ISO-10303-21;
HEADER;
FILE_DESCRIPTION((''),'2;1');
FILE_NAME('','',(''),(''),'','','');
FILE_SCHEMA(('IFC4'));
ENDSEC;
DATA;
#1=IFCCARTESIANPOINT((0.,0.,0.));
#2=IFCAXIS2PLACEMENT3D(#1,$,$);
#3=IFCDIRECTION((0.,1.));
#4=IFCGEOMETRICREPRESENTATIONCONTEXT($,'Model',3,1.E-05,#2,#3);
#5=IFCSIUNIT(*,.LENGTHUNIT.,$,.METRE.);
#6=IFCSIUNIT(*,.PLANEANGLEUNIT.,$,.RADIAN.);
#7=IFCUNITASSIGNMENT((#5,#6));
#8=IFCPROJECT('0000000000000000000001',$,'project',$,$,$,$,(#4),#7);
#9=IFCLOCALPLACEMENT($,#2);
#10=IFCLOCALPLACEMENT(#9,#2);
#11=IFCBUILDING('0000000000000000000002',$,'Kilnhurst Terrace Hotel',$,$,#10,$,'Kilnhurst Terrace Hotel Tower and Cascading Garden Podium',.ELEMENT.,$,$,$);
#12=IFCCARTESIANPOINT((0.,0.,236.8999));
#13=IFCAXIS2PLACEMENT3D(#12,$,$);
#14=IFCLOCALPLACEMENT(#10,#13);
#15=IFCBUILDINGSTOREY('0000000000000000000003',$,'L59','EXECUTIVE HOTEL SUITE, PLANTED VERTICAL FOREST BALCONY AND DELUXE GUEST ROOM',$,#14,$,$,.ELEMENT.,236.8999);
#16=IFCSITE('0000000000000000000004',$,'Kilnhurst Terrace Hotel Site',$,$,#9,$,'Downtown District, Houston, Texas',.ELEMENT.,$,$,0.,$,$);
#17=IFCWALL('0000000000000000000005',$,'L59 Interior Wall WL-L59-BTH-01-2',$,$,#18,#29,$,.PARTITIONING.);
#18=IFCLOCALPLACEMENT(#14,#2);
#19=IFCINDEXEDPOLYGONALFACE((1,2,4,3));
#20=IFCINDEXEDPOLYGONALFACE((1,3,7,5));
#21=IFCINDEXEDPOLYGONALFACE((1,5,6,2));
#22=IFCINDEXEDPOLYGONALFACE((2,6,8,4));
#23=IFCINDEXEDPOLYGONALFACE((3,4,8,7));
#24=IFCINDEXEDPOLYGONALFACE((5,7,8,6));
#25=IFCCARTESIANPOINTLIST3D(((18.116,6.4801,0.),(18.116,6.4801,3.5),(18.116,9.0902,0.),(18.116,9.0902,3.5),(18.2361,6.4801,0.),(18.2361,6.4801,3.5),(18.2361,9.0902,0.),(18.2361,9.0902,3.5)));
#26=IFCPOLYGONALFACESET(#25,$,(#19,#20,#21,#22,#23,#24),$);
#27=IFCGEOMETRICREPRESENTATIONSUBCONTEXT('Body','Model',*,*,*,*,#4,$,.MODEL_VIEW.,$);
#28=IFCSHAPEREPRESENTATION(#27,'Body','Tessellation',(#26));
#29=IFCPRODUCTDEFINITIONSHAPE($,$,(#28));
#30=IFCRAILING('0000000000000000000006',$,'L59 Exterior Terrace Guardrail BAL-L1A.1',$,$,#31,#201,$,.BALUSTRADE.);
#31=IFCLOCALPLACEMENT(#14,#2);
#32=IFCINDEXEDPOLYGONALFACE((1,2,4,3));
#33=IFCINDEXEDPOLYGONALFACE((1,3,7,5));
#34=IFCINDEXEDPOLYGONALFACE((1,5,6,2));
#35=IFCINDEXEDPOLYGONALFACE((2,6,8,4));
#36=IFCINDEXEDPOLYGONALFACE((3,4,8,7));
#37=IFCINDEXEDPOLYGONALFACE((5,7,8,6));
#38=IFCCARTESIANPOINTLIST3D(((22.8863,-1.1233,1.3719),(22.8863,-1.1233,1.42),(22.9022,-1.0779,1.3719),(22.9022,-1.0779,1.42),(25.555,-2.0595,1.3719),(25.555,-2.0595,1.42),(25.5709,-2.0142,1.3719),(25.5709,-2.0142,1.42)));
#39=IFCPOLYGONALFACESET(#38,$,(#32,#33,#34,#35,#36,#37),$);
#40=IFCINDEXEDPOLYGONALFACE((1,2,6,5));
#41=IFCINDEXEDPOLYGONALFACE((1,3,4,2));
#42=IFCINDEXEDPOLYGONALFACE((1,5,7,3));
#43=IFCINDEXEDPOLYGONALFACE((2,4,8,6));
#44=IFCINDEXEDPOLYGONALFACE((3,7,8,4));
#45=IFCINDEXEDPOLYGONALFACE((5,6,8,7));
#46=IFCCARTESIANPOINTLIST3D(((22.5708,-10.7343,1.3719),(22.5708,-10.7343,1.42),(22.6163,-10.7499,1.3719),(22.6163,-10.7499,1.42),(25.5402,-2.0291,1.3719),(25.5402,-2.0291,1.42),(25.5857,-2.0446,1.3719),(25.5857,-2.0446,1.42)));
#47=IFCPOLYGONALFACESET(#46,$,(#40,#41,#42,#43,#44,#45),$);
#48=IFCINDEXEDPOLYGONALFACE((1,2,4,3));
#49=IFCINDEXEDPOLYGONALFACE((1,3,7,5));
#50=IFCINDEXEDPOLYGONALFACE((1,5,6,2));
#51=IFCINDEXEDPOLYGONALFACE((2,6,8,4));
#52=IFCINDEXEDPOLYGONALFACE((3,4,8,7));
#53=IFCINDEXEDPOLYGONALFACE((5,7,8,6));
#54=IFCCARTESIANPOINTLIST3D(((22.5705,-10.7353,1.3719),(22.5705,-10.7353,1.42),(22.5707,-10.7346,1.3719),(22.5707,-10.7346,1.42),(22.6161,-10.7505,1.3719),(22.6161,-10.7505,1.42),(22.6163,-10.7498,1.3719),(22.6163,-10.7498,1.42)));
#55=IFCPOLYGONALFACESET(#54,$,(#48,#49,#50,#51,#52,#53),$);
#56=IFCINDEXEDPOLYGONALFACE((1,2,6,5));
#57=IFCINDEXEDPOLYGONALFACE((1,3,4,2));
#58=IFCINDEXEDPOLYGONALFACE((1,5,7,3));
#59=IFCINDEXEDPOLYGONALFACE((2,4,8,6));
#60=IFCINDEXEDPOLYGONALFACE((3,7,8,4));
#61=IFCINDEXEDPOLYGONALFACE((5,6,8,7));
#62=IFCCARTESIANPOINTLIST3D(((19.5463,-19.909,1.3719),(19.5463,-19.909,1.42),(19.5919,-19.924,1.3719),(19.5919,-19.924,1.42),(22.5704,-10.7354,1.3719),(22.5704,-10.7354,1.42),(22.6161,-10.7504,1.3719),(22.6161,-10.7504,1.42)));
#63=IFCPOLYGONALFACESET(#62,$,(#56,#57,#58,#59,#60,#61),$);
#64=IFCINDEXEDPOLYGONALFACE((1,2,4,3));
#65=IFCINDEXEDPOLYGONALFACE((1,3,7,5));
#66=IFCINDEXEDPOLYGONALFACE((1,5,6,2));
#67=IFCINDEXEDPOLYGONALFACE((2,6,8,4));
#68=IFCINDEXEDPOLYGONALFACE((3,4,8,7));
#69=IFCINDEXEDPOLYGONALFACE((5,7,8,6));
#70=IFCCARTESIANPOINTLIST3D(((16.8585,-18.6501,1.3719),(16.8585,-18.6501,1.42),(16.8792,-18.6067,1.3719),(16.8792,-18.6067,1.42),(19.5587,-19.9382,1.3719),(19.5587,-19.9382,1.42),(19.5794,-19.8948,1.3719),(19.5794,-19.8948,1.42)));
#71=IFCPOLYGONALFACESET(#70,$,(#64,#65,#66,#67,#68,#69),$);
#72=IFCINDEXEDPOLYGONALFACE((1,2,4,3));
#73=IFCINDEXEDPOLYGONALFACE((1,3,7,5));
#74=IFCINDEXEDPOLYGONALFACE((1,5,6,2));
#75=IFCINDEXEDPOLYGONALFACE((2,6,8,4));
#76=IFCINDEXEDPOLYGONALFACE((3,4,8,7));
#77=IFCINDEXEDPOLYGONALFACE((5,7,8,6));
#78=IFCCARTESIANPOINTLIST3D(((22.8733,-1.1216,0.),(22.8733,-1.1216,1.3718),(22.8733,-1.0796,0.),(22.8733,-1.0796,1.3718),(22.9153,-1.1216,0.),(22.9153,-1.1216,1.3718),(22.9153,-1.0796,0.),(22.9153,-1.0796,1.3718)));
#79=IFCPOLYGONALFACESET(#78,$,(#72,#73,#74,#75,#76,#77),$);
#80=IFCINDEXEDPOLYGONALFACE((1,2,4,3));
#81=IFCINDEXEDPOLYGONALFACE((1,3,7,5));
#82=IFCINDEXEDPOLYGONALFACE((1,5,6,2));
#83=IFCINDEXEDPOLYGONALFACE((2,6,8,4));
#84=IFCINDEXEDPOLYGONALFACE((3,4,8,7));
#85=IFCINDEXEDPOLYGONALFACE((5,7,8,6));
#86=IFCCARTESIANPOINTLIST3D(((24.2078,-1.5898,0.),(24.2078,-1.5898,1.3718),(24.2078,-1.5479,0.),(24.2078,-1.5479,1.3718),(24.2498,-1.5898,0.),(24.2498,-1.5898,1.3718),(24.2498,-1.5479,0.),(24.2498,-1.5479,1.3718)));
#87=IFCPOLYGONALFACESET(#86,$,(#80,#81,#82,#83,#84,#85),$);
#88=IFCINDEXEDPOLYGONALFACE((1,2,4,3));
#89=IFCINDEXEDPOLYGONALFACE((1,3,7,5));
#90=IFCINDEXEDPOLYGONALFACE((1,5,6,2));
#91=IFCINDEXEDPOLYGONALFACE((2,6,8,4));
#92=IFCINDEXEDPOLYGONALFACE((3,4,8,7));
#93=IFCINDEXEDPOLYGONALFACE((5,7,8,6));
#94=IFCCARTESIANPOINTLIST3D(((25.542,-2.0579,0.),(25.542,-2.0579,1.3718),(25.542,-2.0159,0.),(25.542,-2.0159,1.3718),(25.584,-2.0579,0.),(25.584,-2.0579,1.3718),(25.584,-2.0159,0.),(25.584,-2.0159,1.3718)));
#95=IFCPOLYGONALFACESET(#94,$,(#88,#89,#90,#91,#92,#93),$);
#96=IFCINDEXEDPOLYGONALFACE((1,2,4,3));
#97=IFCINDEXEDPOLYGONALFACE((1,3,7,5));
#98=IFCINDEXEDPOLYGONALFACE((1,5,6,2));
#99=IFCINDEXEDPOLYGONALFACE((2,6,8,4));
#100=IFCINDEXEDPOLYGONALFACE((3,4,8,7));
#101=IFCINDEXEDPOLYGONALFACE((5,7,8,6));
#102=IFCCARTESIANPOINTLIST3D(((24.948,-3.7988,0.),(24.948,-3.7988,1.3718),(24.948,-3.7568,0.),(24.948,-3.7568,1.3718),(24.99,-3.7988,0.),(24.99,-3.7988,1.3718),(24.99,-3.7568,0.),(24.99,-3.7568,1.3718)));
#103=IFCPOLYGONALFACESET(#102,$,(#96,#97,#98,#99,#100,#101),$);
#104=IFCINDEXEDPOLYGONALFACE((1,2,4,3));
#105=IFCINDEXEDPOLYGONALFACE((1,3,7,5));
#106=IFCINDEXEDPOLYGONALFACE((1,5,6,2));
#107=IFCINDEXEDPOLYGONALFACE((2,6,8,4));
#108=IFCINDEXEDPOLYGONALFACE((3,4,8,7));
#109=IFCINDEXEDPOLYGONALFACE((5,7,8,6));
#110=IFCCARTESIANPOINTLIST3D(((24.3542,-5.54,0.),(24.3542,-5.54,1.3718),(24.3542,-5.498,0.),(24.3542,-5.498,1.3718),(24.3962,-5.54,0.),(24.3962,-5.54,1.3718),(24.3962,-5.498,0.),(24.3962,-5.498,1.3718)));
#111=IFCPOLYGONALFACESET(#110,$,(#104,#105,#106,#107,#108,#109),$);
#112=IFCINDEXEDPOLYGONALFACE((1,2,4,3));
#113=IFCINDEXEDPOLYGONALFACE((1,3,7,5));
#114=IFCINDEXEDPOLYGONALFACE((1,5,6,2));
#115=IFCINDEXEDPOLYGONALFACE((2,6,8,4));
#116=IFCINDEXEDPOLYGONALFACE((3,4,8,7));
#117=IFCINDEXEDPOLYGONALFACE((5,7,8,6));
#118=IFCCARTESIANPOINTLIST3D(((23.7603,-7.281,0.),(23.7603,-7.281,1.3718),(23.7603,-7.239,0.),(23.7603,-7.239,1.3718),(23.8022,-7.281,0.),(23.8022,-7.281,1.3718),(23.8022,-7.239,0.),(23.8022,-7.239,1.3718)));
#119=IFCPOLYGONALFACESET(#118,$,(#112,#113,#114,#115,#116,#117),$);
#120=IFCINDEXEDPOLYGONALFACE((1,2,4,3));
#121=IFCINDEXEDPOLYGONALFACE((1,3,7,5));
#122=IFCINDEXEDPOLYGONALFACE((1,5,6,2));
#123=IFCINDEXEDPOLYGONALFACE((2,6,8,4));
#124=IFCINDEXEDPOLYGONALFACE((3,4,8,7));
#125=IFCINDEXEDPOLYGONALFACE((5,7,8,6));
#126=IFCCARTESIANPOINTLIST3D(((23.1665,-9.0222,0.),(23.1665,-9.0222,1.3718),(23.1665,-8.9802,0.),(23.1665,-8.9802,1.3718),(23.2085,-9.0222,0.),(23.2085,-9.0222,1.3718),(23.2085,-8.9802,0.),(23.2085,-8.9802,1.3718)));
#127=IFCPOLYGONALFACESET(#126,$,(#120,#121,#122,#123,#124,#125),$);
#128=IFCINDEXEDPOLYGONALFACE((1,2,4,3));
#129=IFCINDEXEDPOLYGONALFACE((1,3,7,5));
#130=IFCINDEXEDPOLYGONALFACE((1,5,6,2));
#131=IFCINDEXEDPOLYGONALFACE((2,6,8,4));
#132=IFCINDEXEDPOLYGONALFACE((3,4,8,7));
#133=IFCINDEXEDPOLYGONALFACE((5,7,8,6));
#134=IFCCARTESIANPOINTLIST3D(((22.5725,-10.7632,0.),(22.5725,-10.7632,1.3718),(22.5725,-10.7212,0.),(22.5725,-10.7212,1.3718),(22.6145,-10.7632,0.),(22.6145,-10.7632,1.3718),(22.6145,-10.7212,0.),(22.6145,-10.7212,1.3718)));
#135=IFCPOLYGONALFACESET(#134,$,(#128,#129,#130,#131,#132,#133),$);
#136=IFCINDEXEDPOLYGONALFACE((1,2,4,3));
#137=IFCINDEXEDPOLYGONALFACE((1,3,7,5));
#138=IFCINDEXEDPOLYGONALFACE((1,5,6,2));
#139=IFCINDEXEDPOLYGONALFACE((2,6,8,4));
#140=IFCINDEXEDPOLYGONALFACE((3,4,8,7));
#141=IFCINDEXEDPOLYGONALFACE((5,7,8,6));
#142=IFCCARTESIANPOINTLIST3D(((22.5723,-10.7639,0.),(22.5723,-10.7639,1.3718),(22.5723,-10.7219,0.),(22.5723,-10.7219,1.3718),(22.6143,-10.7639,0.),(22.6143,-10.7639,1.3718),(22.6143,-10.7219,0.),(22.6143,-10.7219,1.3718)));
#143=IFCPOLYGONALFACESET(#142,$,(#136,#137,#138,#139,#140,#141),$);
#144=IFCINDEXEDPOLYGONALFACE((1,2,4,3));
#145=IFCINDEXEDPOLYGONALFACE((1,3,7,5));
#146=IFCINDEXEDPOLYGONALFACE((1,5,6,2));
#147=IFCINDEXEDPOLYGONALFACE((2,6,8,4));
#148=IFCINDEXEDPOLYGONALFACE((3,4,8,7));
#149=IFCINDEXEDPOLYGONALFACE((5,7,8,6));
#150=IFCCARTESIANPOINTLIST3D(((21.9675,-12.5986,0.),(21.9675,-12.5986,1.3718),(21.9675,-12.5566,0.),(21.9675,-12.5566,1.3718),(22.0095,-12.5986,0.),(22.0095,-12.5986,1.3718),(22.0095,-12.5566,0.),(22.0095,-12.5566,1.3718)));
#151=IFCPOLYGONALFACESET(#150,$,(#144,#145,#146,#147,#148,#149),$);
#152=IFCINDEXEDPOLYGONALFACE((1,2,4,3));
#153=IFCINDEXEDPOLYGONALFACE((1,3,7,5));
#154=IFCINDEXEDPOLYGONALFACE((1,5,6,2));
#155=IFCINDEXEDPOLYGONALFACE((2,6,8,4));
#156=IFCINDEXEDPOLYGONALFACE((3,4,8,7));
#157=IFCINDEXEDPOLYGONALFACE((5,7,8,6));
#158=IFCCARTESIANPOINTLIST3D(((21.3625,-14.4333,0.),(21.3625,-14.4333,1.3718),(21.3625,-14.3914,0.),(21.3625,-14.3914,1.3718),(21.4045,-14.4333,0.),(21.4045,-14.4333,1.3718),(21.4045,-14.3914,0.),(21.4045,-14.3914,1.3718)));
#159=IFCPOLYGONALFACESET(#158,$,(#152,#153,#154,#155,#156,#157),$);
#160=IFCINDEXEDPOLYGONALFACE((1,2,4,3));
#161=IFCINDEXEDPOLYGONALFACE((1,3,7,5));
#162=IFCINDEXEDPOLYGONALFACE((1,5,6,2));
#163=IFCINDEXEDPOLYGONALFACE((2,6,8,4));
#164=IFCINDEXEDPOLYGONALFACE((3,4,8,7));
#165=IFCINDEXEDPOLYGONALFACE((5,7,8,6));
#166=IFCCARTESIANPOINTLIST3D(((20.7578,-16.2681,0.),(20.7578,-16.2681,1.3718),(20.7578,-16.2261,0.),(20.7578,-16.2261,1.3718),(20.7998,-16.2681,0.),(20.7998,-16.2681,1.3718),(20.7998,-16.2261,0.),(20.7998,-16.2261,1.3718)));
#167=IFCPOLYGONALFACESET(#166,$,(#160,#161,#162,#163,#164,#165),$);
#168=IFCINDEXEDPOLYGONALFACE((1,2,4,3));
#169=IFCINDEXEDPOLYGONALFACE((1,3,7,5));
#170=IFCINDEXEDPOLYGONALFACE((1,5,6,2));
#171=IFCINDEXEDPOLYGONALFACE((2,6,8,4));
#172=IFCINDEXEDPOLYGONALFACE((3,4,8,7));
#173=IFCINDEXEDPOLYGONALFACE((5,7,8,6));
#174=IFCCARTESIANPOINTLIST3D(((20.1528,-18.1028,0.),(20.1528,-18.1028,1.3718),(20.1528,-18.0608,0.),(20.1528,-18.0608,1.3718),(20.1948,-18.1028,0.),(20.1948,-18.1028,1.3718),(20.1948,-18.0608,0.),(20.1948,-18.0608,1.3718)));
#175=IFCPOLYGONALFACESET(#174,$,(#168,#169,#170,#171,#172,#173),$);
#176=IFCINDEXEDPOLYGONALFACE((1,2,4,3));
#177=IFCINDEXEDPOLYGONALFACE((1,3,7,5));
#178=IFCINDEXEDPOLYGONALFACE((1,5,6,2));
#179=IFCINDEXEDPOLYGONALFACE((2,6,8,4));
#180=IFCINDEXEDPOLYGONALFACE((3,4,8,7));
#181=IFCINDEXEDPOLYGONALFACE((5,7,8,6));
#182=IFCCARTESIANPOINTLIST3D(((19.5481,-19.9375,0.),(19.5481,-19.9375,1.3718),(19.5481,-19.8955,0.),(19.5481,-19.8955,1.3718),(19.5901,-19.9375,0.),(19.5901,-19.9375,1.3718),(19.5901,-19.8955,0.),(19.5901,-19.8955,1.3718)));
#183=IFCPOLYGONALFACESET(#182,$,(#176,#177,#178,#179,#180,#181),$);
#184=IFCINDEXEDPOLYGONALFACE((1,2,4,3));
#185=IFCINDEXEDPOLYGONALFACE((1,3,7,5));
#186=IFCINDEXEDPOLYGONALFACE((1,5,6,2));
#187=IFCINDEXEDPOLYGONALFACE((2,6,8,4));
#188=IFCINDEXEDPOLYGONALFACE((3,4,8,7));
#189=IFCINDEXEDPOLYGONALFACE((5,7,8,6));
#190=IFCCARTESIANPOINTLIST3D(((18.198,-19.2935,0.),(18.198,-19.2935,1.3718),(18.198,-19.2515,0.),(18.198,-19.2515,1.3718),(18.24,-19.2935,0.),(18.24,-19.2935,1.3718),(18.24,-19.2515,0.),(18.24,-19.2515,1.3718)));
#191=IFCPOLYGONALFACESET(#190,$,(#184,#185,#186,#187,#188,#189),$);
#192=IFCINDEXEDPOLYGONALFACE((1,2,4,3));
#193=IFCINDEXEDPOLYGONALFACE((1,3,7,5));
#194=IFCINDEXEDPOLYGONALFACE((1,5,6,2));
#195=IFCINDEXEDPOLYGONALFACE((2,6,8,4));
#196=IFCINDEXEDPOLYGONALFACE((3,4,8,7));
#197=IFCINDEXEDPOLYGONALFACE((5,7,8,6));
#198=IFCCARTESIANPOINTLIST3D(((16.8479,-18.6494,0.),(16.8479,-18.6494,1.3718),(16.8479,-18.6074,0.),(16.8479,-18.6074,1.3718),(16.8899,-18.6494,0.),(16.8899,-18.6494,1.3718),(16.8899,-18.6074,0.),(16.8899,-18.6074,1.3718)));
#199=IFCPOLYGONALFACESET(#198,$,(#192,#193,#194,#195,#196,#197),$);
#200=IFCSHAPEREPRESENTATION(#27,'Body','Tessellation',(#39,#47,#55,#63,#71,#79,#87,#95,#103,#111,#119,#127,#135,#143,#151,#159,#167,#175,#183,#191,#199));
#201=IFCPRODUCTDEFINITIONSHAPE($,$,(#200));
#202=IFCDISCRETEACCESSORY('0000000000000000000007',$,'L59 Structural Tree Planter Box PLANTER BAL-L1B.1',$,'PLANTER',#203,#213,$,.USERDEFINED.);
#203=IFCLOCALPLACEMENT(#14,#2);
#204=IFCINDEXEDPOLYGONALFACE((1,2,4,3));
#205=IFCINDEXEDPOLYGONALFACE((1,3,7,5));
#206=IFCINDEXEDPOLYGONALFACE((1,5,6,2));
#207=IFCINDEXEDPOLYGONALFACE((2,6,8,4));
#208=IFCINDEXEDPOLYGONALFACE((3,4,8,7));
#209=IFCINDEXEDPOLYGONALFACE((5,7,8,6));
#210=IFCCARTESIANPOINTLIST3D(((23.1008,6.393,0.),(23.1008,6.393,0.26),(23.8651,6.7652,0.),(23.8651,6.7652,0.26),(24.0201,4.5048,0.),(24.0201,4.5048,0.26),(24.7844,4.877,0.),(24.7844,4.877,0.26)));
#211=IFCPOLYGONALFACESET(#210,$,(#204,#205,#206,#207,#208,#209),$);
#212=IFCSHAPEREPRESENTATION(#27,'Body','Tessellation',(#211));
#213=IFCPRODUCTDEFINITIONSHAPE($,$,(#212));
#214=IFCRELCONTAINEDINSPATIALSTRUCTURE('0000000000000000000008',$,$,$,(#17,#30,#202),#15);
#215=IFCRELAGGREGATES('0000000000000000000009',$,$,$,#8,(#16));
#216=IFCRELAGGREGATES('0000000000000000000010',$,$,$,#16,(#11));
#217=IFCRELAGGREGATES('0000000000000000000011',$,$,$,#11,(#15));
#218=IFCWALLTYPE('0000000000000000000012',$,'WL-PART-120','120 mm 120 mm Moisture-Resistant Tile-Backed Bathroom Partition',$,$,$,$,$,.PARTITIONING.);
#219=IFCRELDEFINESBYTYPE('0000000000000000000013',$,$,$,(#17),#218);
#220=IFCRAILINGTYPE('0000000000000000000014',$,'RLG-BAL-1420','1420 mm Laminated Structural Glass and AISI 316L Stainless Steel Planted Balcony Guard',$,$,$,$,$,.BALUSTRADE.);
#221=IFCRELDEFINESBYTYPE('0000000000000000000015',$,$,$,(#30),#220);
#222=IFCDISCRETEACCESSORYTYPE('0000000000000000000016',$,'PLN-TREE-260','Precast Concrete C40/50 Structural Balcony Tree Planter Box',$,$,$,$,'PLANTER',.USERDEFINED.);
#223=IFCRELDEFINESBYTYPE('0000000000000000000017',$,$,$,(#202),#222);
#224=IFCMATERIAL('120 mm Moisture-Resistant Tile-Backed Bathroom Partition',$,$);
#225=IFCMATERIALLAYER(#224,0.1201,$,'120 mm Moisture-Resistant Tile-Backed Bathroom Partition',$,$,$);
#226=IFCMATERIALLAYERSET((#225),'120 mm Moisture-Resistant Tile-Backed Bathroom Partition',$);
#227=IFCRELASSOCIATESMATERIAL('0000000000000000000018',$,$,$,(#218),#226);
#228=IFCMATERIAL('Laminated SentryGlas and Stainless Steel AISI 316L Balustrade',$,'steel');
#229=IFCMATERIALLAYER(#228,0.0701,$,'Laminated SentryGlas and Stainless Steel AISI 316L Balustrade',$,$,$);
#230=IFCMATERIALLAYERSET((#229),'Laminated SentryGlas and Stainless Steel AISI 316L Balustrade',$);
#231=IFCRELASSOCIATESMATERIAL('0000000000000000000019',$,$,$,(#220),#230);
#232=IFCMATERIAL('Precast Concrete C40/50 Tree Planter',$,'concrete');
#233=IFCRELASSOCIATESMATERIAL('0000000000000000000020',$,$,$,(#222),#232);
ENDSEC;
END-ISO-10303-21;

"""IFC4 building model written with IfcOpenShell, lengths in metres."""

from ifc_helpers import new_model, si_unit, direction, frame, frame_2d, origin, origin_2d, place, context, subcontext, project, spatial, rectangle, extrude, material, layer, layer_set, type_object, element, save


model = new_model("IFC4")

# Units and contexts
model_context = context("Model", 3, precision=1e-05, world=origin(), true_north=direction((0.0, 1.0)))
body_context = subcontext(model_context, "Body", "Model", "MODEL_VIEW")
ifc_project = project(units=[si_unit("LENGTHUNIT", "METRE"), si_unit("PLANEANGLEUNIT", "RADIAN")], contexts=[model_context])

# Site, building, storey
site_placement = place(None, origin())
site = spatial("IfcSite", under=ifc_project, at=site_placement, Name="Kilnhurst Terrace Hotel Site", LongName="Downtown District, Houston, Texas", CompositionType="ELEMENT", RefElevation=0.0)
building_placement = place(site_placement, origin())
building = spatial("IfcBuilding", under=site, at=building_placement, Name="Kilnhurst Terrace Hotel", LongName="Kilnhurst Terrace Hotel Tower and Cascading Garden Podium", CompositionType="ELEMENT")
storey_placement = place(building_placement, frame((0.0, 0.0, 236.8999)))
storey = spatial("IfcBuildingStorey", under=building, at=storey_placement, Name="L59", Description="EXECUTIVE HOTEL SUITE, PLANTED VERTICAL FOREST BALCONY AND DELUXE GUEST ROOM", CompositionType="ELEMENT", Elevation=236.8999)

# Shared definitions
ifc_material_1 = material(Name="120 mm Moisture-Resistant Tile-Backed Bathroom Partition")
ifc_layer_1 = layer(ifc_material_1, 0.1201, Name="120 mm Moisture-Resistant Tile-Backed Bathroom Partition")
ifc_layer_set_1 = layer_set([ifc_layer_1], Name="120 mm Moisture-Resistant Tile-Backed Bathroom Partition")
wall_type_1 = type_object("IfcWallType", Name="WL-PART-120", Description="120 mm 120 mm Moisture-Resistant Tile-Backed Bathroom Partition", PredefinedType="PARTITIONING", material=ifc_layer_set_1)

# Wall
wall_1_placement = place(storey_placement, frame((18.176, 6.48, 0.0), z_axis=(0.0, 0.0, 1.0), x_axis=(0.0, 1.0, 0.0)))
element("IfcWall", 1, at=wall_1_placement, inside=storey, type_object=wall_type_1, Name="L59 Interior Wall WL-L59-BTH-01-2", PredefinedType="PARTITIONING", context=body_context, shape_type="SweptSolid", body=[
    extrude(rectangle(XDim=2.6101, YDim=0.1201, at=frame_2d((1.3052, 0.0))), origin(), (0.0, 0.0, 1.0), 3.5),
])

# Railing
ifc_material_2 = material(Name="Laminated SentryGlas and Stainless Steel AISI 316L Balustrade", Category="steel")
ifc_layer_2 = layer(ifc_material_2, 0.0701, Name="Laminated SentryGlas and Stainless Steel AISI 316L Balustrade")
ifc_layer_set_2 = layer_set([ifc_layer_2], Name="Laminated SentryGlas and Stainless Steel AISI 316L Balustrade")
railing_type = type_object("IfcRailingType", Name="RLG-BAL-1420", Description="1420 mm Laminated Structural Glass and AISI 316L Stainless Steel Planted Balcony Guard", PredefinedType="BALUSTRADE", material=ifc_layer_set_2)
railing_placement = place(storey_placement, frame((22.8943, -1.1006, 0.0)))
element("IfcRailing", 2, at=railing_placement, inside=storey, type_object=railing_type, Name="L59 Exterior Terrace Guardrail BAL-L1A.1", PredefinedType="BALUSTRADE", context=body_context, shape_type="SweptSolid", body=[
    extrude(rectangle(XDim=0.0481, YDim=0.0481, at=origin_2d()), frame((0.0, 0.0, 1.396), z_axis=(0.943612, -0.331054, 0.0), x_axis=(0.331054, 0.943612, 0.0)), (0.0, 0.0, 1.0), 2.8281),
    extrude(rectangle(XDim=0.0481, YDim=0.0481, at=origin_2d()), frame((2.6687, -0.9363, 1.396), z_axis=(-0.322845, -0.946452, 0.0), x_axis=(0.946452, -0.322845, 0.0)), (0.0, 0.0, 1.0), 9.1978),
    extrude(rectangle(XDim=0.0481, YDim=0.0481, at=origin_2d()), frame((-0.3008, -9.6416, 1.396), z_axis=(-0.316228, -0.948683, 0.0), x_axis=(0.948683, -0.316228, 0.0)), (0.0, 0.0, 1.0), 0.0007),
    extrude(rectangle(XDim=0.0481, YDim=0.0481, at=origin_2d()), frame((-0.301, -9.6423, 1.396), z_axis=(-0.313087, -0.949725, 0.0), x_axis=(0.949725, -0.313087, 0.0)), (0.0, 0.0, 1.0), 9.6592),
    extrude(rectangle(XDim=0.0481, YDim=0.0481, at=origin_2d()), frame((-3.3252, -18.8159, 1.396), z_axis=(-0.902565, 0.430554, 0.0), x_axis=(-0.430554, -0.902565, 0.0)), (0.0, 0.0, 1.0), 2.9917),
    extrude(rectangle(XDim=0.042, YDim=0.042, at=origin_2d()), origin(), (0.0, 0.0, 1.0), 1.3718),
    extrude(rectangle(XDim=0.042, YDim=0.042, at=origin_2d()), frame((1.3345, -0.4683, 0.0)), (0.0, 0.0, 1.0), 1.3718),
    extrude(rectangle(XDim=0.042, YDim=0.042, at=origin_2d()), frame((2.6687, -0.9363, 0.0)), (0.0, 0.0, 1.0), 1.3718),
    extrude(rectangle(XDim=0.042, YDim=0.042, at=origin_2d()), frame((2.0747, -2.6772, 0.0)), (0.0, 0.0, 1.0), 1.3718),
    extrude(rectangle(XDim=0.042, YDim=0.042, at=origin_2d()), frame((1.481, -4.4185, 0.0)), (0.0, 0.0, 1.0), 1.3718),
    extrude(rectangle(XDim=0.042, YDim=0.042, at=origin_2d()), frame((0.887, -6.1594, 0.0)), (0.0, 0.0, 1.0), 1.3718),
    extrude(rectangle(XDim=0.042, YDim=0.042, at=origin_2d()), frame((0.2932, -7.9006, 0.0)), (0.0, 0.0, 1.0), 1.3718),
    extrude(rectangle(XDim=0.042, YDim=0.042, at=origin_2d()), frame((-0.3008, -9.6416, 0.0)), (0.0, 0.0, 1.0), 1.3718),
    extrude(rectangle(XDim=0.042, YDim=0.042, at=origin_2d()), frame((-0.301, -9.6423, 0.0)), (0.0, 0.0, 1.0), 1.3718),
    extrude(rectangle(XDim=0.042, YDim=0.042, at=origin_2d()), frame((-0.9058, -11.4771, 0.0)), (0.0, 0.0, 1.0), 1.3718),
    extrude(rectangle(XDim=0.042, YDim=0.042, at=origin_2d()), frame((-1.5107, -13.3118, 0.0)), (0.0, 0.0, 1.0), 1.3718),
    extrude(rectangle(XDim=0.042, YDim=0.042, at=origin_2d()), frame((-2.1155, -15.1465, 0.0)), (0.0, 0.0, 1.0), 1.3718),
    extrude(rectangle(XDim=0.042, YDim=0.042, at=origin_2d()), frame((-2.7205, -16.9812, 0.0)), (0.0, 0.0, 1.0), 1.3718),
    extrude(rectangle(XDim=0.042, YDim=0.042, at=origin_2d()), frame((-3.3252, -18.8159, 0.0)), (0.0, 0.0, 1.0), 1.3718),
    extrude(rectangle(XDim=0.042, YDim=0.042, at=origin_2d()), frame((-4.6753, -18.1719, 0.0)), (0.0, 0.0, 1.0), 1.3718),
    extrude(rectangle(XDim=0.042, YDim=0.042, at=origin_2d()), frame((-6.0254, -17.5278, 0.0)), (0.0, 0.0, 1.0), 1.3718),
])

# Discrete accessory
ifc_material_3 = material(Name="Precast Concrete C40/50 Tree Planter", Category="concrete")
discrete_accessory_type = type_object("IfcDiscreteAccessoryType", Name="PLN-TREE-260", Description="Precast Concrete C40/50 Structural Balcony Tree Planter Box", ElementType="PLANTER", PredefinedType="USERDEFINED", material=ifc_material_3)
discrete_accessory_placement = place(storey_placement, frame((23.9426, 5.635, 0.0), z_axis=(0.0, 0.0, 1.0), x_axis=(-0.437744, 0.8991, 0.0)))
element("IfcDiscreteAccessory", 3, at=discrete_accessory_placement, inside=storey, type_object=discrete_accessory_type, Name="L59 Structural Tree Planter Box PLANTER BAL-L1B.1", ObjectType="PLANTER", PredefinedType="USERDEFINED", context=body_context, shape_type="SweptSolid", body=[
    extrude(rectangle(XDim=2.1001, YDim=0.8501, at=origin_2d()), origin(), (0.0, 0.0, 1.0), 0.26),
])

save(model, "model.ifc")
